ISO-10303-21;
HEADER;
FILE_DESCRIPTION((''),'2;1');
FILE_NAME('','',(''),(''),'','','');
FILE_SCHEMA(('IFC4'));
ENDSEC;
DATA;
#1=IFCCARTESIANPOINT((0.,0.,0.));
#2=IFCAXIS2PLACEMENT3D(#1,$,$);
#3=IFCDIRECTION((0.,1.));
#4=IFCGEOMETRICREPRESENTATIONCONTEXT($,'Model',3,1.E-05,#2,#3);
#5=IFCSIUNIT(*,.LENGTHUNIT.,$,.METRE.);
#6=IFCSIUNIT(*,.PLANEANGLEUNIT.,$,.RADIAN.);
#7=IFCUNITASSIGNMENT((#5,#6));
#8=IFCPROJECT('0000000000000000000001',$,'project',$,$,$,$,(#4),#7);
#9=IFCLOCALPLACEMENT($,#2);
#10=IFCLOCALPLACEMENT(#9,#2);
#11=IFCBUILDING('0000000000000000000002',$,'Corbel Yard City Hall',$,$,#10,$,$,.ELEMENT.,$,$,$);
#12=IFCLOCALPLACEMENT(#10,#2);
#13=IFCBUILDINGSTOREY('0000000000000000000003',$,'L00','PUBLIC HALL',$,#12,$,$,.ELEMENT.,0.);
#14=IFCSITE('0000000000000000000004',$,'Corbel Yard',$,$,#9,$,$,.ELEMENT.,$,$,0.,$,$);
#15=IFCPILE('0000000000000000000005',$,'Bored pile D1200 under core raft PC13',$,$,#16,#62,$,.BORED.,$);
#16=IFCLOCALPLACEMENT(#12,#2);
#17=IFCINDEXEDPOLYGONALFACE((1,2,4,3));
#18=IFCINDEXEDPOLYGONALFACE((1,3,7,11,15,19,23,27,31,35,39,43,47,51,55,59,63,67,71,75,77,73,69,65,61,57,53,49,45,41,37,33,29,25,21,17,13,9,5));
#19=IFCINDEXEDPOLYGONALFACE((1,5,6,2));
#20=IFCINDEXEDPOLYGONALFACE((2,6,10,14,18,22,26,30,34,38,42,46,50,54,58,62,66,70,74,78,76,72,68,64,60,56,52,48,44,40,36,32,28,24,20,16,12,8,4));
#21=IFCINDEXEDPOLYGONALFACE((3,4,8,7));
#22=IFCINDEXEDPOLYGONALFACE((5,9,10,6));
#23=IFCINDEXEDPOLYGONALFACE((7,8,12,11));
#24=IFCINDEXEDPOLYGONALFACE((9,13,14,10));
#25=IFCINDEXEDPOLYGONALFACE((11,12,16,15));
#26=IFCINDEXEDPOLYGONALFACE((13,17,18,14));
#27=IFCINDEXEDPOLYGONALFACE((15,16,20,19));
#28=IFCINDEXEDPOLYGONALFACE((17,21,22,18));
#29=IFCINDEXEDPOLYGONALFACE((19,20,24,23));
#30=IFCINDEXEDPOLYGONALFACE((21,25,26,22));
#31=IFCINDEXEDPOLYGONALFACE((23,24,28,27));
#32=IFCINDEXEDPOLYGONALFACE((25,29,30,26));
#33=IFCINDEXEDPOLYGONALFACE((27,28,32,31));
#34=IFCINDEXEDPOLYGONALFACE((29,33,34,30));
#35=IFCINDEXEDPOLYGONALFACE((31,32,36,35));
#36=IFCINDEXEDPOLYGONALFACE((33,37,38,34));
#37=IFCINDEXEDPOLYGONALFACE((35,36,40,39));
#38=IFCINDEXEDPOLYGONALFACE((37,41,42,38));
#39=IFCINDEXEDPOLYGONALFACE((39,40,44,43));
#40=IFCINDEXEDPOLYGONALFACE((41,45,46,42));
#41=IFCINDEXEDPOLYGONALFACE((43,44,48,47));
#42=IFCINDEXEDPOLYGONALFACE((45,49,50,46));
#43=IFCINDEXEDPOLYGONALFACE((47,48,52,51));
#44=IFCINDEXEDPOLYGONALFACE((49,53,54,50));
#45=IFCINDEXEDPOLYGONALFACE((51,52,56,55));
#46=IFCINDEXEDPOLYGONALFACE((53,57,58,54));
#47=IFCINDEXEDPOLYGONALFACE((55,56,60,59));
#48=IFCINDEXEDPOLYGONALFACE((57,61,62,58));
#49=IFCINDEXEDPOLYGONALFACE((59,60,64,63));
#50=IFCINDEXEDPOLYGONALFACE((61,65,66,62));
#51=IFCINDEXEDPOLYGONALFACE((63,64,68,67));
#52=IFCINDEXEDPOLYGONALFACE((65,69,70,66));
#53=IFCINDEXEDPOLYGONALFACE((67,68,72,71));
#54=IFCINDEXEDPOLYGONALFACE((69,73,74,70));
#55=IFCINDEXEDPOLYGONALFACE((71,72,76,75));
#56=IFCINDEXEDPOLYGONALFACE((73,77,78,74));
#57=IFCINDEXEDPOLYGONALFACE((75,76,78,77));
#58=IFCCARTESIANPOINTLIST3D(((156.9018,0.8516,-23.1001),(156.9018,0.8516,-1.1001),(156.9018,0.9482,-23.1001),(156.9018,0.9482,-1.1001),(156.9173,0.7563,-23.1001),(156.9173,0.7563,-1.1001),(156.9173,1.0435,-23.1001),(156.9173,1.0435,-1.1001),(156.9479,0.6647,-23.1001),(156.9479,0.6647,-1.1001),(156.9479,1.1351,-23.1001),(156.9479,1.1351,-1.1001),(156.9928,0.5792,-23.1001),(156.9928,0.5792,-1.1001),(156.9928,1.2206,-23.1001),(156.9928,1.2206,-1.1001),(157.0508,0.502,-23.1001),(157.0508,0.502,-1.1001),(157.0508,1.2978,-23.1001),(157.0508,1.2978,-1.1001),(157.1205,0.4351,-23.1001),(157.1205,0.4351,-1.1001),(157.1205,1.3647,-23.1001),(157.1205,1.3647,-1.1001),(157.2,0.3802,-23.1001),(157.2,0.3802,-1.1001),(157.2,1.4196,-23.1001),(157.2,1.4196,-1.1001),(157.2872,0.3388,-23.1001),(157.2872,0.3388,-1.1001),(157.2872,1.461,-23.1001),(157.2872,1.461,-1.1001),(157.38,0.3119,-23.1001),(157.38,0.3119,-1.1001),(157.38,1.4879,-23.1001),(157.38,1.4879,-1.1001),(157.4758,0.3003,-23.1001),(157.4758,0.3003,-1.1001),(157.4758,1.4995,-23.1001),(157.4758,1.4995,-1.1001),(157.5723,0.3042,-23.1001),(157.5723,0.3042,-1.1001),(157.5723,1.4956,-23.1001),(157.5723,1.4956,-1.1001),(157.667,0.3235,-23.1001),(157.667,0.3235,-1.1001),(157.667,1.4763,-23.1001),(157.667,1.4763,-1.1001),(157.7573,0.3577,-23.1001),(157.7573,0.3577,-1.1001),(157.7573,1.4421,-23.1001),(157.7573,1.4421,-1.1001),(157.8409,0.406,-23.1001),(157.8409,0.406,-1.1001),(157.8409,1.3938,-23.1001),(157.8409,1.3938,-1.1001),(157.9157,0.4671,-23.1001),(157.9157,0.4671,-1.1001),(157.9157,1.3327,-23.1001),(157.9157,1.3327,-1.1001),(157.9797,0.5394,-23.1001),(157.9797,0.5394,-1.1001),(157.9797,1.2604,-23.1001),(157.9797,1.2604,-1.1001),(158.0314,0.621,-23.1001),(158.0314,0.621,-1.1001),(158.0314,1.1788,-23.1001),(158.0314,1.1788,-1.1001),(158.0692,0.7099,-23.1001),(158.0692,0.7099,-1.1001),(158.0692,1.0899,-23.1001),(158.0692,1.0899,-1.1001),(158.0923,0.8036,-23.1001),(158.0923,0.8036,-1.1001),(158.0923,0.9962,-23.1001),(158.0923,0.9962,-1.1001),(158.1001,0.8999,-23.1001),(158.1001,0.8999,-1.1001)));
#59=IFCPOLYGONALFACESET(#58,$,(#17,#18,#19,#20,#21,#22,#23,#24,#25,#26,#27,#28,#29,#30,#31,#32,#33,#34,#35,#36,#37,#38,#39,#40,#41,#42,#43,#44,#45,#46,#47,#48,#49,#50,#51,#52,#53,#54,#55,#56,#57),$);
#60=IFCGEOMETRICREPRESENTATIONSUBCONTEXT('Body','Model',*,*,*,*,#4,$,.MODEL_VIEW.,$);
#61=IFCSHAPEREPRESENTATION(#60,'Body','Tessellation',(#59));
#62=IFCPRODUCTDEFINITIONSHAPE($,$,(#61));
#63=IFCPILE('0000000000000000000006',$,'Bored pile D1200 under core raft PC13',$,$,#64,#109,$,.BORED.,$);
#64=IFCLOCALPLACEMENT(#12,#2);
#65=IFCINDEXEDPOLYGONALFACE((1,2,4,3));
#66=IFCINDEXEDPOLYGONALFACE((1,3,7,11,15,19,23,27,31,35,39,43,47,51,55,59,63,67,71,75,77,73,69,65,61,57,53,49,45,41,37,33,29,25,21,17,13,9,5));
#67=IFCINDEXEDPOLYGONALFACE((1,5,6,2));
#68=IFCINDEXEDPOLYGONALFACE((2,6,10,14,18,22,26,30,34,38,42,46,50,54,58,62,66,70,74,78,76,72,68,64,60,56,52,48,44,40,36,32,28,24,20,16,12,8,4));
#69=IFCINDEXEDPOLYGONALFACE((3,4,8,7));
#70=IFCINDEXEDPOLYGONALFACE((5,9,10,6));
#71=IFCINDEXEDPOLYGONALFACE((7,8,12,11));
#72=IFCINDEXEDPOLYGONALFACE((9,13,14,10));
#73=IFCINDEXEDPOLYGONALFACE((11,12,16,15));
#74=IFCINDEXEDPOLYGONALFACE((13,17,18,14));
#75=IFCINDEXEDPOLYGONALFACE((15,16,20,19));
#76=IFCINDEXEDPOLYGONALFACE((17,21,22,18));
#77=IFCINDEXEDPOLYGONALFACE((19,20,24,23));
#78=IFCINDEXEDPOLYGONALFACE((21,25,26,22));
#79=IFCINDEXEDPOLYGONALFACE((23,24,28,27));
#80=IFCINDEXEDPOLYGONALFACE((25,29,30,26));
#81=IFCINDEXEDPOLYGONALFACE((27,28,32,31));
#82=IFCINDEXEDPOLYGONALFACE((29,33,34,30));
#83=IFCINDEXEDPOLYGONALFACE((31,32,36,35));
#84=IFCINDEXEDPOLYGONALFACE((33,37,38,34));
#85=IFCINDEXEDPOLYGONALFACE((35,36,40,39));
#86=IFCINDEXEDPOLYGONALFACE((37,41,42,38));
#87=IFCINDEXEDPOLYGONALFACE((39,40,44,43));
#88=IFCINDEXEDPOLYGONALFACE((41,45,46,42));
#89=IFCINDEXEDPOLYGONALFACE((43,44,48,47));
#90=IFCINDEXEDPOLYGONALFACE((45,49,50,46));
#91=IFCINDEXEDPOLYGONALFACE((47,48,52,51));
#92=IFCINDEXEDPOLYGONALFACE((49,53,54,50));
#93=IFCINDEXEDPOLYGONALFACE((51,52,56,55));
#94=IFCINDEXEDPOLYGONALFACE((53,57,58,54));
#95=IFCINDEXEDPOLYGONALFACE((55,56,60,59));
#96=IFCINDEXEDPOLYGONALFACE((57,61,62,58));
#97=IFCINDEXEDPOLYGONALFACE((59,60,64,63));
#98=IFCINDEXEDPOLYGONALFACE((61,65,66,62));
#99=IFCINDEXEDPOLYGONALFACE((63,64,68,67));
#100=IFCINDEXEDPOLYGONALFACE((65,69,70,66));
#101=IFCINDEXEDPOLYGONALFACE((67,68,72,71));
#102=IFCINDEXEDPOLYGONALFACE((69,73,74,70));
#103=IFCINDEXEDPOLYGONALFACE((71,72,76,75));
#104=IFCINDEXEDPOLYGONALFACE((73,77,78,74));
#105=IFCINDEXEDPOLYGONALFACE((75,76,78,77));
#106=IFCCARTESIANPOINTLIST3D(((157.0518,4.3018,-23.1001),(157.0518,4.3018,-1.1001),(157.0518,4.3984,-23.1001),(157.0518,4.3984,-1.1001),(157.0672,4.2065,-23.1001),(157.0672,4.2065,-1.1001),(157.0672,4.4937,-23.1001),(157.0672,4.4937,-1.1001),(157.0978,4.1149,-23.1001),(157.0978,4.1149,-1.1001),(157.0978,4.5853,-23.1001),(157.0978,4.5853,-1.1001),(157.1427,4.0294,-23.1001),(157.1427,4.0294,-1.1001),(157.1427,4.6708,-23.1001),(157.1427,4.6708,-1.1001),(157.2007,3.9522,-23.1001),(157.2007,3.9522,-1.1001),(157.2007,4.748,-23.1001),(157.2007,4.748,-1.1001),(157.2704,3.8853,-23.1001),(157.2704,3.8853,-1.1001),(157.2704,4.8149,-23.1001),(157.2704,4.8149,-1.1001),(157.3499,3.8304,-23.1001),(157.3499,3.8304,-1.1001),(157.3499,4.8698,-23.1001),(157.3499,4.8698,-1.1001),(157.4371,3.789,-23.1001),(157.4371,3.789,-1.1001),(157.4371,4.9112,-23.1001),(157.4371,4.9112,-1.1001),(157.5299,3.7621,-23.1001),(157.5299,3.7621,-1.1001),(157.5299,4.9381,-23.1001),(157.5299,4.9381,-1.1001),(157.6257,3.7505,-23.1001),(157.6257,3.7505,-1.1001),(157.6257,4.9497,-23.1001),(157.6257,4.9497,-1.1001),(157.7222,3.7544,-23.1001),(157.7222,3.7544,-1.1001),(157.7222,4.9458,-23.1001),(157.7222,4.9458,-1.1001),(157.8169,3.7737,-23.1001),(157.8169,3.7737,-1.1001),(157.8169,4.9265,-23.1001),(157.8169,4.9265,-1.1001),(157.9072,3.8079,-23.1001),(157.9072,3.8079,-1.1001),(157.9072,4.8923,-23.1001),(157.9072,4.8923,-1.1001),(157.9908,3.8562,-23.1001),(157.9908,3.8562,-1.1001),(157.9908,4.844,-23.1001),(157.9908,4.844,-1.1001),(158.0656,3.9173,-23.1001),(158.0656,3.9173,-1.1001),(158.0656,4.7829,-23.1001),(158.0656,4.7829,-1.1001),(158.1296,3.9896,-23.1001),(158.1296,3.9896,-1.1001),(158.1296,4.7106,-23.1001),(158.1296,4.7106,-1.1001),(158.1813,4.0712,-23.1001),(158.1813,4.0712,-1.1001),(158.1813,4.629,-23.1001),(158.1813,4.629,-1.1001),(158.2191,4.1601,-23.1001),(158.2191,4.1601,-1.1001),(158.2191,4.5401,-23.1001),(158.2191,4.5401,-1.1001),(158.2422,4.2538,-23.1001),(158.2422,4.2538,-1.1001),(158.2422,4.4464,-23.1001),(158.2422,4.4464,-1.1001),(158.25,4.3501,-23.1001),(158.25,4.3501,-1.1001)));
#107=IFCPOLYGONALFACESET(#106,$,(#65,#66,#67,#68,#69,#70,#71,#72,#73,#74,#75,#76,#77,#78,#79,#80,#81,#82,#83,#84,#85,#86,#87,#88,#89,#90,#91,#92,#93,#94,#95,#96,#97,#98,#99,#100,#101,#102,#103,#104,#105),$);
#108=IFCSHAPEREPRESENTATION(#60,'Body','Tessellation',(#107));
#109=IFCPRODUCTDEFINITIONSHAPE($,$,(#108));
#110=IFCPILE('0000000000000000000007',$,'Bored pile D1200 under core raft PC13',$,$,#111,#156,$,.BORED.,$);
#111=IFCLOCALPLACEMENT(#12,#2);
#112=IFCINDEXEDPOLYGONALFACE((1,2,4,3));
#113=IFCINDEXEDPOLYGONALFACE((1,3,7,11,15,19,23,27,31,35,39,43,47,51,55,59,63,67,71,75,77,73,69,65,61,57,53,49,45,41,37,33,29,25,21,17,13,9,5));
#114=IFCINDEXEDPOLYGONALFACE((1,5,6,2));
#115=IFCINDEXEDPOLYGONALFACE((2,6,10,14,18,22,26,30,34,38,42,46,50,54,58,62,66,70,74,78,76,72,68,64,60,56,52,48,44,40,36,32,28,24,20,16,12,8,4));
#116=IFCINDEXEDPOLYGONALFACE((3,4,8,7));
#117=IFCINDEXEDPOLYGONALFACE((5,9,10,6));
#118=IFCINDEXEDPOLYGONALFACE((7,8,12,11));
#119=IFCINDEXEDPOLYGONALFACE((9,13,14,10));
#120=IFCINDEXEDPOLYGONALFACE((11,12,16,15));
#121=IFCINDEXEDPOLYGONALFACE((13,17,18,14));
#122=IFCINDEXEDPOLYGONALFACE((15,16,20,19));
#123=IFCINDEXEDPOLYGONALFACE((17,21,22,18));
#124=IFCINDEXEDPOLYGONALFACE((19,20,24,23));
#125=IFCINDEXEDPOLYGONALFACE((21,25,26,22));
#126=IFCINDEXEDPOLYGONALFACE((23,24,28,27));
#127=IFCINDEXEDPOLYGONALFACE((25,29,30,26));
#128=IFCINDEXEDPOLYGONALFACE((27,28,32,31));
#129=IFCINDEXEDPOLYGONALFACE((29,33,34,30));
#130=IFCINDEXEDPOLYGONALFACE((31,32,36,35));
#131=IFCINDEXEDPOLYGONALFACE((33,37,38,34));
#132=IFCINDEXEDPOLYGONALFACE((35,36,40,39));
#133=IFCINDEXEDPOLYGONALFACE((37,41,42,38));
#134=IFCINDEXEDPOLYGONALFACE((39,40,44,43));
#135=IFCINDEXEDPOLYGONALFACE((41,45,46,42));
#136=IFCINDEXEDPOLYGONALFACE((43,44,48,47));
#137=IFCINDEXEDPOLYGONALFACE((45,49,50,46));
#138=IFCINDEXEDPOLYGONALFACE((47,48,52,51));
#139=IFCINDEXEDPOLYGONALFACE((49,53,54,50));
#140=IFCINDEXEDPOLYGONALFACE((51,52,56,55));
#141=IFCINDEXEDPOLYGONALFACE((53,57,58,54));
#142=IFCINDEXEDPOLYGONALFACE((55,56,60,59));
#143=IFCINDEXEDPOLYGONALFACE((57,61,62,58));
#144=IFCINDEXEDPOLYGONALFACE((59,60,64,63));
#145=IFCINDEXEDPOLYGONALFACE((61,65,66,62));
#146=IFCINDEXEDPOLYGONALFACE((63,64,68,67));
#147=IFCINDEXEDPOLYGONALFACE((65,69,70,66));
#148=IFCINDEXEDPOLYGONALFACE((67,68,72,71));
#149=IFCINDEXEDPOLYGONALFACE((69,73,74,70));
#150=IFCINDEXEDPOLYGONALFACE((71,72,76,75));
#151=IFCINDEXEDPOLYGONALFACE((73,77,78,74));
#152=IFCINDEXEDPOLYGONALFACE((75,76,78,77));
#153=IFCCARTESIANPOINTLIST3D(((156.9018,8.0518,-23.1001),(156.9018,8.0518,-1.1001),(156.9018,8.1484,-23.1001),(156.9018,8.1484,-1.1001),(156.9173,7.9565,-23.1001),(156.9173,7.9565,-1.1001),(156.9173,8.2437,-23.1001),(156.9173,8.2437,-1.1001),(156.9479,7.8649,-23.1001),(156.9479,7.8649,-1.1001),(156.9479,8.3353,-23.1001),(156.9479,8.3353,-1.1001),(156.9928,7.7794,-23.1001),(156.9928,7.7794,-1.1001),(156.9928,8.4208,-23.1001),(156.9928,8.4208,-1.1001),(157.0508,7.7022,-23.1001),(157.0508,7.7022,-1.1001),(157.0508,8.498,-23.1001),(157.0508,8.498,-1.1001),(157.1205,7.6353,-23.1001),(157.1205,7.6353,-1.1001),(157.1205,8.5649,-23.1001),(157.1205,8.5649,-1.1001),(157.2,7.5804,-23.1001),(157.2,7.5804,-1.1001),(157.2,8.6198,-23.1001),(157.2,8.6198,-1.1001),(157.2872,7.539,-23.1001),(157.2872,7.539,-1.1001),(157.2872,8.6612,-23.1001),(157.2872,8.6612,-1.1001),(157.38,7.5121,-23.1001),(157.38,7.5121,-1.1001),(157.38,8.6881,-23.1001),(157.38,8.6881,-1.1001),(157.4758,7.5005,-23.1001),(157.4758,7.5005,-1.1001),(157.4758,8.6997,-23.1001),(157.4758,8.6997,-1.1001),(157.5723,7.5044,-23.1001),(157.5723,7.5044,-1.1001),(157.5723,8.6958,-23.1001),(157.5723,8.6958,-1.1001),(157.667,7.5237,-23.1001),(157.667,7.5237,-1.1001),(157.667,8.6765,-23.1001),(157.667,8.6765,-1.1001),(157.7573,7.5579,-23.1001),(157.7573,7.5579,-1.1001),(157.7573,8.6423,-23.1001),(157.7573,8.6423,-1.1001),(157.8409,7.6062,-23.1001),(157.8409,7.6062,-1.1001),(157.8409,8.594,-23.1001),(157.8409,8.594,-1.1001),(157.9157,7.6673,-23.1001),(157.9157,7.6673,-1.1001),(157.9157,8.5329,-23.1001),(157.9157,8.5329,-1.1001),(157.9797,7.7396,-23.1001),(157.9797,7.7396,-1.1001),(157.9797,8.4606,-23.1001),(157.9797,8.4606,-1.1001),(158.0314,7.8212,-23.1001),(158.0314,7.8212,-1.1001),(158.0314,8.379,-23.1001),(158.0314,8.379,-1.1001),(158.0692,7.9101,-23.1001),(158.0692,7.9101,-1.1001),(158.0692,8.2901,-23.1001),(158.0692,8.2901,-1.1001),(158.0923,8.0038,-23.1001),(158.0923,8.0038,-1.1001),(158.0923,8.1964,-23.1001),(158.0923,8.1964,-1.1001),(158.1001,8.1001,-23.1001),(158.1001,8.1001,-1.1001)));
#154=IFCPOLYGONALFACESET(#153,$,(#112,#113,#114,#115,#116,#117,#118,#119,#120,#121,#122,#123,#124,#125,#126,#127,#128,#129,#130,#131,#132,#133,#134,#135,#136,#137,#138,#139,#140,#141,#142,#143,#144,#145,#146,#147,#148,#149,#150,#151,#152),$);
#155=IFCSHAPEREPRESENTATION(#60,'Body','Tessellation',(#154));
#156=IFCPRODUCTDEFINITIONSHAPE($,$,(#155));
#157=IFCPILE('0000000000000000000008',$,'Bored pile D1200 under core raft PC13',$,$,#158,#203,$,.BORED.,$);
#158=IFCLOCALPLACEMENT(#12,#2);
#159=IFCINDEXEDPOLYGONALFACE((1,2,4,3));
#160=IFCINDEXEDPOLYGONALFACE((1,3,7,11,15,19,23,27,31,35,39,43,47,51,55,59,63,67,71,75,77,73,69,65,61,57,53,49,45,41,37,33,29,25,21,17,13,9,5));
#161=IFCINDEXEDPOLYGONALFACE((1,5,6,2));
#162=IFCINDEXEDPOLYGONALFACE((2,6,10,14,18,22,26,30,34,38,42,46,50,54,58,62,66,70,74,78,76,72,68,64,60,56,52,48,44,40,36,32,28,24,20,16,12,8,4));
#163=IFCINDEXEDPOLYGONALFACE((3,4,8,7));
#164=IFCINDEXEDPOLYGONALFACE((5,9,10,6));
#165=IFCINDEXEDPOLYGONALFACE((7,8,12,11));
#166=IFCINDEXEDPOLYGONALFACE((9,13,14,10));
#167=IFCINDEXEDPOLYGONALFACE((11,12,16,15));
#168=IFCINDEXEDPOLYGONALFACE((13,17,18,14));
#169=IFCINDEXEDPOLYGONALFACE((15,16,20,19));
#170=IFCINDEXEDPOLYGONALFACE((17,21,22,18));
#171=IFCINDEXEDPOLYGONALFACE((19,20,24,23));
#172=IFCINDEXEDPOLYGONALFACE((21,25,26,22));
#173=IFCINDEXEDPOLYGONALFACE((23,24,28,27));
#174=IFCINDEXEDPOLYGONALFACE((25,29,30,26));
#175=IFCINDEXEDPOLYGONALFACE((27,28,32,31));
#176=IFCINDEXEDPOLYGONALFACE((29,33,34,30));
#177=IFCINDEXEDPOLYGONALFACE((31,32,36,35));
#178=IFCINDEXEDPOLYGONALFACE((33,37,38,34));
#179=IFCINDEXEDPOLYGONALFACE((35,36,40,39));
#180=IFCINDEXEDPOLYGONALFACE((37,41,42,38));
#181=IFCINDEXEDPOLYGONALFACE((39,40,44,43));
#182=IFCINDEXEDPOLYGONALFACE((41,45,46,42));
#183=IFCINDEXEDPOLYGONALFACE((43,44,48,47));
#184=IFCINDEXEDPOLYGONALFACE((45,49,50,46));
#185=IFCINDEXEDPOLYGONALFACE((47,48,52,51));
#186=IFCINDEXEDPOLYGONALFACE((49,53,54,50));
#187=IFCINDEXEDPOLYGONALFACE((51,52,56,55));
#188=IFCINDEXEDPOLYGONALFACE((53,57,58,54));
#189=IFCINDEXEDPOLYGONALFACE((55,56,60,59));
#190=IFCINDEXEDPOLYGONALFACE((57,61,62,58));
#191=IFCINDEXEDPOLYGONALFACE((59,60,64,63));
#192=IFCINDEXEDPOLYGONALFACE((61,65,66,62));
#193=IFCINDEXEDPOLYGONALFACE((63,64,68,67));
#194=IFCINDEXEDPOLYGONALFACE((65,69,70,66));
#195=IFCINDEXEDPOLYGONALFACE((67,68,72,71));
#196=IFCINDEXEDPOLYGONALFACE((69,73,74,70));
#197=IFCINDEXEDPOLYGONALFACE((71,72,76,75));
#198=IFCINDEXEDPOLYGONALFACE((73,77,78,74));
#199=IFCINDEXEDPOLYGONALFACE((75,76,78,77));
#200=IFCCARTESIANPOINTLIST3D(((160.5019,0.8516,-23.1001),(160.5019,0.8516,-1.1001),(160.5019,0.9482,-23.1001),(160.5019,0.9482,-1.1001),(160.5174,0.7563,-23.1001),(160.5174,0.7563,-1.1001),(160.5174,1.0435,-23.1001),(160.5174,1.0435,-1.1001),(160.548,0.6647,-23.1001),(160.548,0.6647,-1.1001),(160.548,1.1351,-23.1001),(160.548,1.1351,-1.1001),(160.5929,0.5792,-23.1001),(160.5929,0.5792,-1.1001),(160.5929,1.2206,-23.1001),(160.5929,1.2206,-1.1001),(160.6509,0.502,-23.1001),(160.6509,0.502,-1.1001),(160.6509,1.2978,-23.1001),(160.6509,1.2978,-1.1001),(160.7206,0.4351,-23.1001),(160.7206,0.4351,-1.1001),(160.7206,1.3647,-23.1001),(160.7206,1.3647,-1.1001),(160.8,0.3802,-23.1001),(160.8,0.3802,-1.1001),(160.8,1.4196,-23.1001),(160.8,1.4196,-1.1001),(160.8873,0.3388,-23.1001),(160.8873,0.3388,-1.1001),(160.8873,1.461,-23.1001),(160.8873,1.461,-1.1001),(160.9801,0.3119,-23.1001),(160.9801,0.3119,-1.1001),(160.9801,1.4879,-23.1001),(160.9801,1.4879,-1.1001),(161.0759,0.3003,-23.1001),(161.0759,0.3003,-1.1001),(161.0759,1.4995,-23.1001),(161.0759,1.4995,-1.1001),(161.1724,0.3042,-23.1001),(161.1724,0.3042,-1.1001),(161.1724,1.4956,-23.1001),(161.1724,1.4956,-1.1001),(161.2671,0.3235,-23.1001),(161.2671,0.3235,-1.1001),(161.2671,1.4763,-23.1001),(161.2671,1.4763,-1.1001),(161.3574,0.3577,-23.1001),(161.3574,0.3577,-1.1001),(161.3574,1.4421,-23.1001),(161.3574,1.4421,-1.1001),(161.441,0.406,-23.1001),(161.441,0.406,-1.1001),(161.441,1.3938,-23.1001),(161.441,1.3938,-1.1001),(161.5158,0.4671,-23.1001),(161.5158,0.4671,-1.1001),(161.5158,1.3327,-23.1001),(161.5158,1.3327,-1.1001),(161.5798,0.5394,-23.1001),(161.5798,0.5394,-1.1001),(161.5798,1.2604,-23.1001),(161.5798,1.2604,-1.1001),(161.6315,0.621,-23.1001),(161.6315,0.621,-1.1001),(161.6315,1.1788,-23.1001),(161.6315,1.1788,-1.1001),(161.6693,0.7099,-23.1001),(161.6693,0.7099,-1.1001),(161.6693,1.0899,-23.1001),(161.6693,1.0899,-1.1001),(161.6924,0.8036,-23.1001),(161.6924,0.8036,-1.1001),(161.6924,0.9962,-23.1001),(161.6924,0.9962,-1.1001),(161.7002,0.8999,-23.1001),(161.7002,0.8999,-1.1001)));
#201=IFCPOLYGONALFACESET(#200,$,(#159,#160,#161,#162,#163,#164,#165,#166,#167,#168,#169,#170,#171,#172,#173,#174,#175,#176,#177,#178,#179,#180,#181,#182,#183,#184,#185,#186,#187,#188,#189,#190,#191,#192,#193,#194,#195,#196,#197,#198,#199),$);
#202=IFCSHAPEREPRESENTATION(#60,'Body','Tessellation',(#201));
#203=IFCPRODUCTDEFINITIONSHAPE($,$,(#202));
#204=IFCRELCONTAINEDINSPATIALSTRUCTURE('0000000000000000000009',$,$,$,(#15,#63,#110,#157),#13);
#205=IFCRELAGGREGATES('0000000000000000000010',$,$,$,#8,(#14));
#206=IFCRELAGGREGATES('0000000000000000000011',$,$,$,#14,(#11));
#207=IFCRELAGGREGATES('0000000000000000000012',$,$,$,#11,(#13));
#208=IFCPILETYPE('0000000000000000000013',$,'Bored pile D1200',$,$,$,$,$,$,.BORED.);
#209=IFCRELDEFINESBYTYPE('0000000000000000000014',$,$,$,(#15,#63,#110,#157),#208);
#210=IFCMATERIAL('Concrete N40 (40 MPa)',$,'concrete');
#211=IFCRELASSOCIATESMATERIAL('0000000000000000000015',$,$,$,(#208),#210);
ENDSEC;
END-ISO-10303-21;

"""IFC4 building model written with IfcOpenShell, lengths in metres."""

from ifc_helpers import new_model, si_unit, direction, frame, origin, origin_2d, place, context, subcontext, project, spatial, circle, extrude, material, material_profile, profile_set, type_object, element, save


model = new_model("IFC4")

# Units and contexts
model_context = context("Model", 3, precision=1e-05, world=origin(), true_north=direction((0.0, 1.0)))
body_context = subcontext(model_context, "Body", "Model", "MODEL_VIEW")
ifc_project = project(units=[si_unit("LENGTHUNIT", "METRE"), si_unit("PLANEANGLEUNIT", "RADIAN")], contexts=[model_context])

# Site, building, storey
site_placement = place(None, origin())
site = spatial("IfcSite", under=ifc_project, at=site_placement, Name="Corbel Yard", CompositionType="ELEMENT", RefElevation=0.0)
building_placement = place(site_placement, origin())
building = spatial("IfcBuilding", under=site, at=building_placement, Name="Corbel Yard City Hall", CompositionType="ELEMENT")
storey_placement = place(building_placement, origin())
storey = spatial("IfcBuildingStorey", under=building, at=storey_placement, Name="L00", Description="PUBLIC HALL", CompositionType="ELEMENT", Elevation=0.0)

# Piles
ifc_material_1 = material(Name="Concrete N40 (40 MPa)", Category="concrete")
ifc_material_profile_1 = material_profile(ifc_material_1, circle(Radius=0.6001, at=origin_2d()), Name="D1200")
ifc_profile_set_1 = profile_set([ifc_material_profile_1], Name="Concrete N40 (40 MPa)")
pile_type_1 = type_object("IfcPileType", Name="Bored pile D1200", PredefinedType="BORED", material=ifc_profile_set_1)
for number, where, z_axis, x_axis, name in (
    (1, (157.5, 0.8999, -1.1001), (0.0, 0.0, -1.0), (1.0, 0.0, 0.0), "Bored pile D1200 under core raft PC13"),
    (2, (157.6499, 4.3501, -1.1001), (0.0, 0.0, -1.0), (1.0, 0.0, 0.0), "Bored pile D1200 under core raft PC13"),
    (3, (157.5, 8.1001, -1.1001), (0.0, 0.0, -1.0), (1.0, 0.0, 0.0), "Bored pile D1200 under core raft PC13"),
    (4, (161.1001, 0.8999, -1.1001), (0.0, 0.0, -1.0), (1.0, 0.0, 0.0), "Bored pile D1200 under core raft PC13"),
):
    element("IfcPile", number, at=place(storey_placement, frame(where, z_axis=z_axis, x_axis=x_axis)), inside=storey, type_object=pile_type_1, Name=name, PredefinedType="BORED", context=body_context, shape_type="SweptSolid", body=[
        extrude(circle(Radius=0.6001, at=origin_2d()), origin(), (0.0, 0.0, 1.0), 22.0),
    ])

save(model, "model.ifc")
